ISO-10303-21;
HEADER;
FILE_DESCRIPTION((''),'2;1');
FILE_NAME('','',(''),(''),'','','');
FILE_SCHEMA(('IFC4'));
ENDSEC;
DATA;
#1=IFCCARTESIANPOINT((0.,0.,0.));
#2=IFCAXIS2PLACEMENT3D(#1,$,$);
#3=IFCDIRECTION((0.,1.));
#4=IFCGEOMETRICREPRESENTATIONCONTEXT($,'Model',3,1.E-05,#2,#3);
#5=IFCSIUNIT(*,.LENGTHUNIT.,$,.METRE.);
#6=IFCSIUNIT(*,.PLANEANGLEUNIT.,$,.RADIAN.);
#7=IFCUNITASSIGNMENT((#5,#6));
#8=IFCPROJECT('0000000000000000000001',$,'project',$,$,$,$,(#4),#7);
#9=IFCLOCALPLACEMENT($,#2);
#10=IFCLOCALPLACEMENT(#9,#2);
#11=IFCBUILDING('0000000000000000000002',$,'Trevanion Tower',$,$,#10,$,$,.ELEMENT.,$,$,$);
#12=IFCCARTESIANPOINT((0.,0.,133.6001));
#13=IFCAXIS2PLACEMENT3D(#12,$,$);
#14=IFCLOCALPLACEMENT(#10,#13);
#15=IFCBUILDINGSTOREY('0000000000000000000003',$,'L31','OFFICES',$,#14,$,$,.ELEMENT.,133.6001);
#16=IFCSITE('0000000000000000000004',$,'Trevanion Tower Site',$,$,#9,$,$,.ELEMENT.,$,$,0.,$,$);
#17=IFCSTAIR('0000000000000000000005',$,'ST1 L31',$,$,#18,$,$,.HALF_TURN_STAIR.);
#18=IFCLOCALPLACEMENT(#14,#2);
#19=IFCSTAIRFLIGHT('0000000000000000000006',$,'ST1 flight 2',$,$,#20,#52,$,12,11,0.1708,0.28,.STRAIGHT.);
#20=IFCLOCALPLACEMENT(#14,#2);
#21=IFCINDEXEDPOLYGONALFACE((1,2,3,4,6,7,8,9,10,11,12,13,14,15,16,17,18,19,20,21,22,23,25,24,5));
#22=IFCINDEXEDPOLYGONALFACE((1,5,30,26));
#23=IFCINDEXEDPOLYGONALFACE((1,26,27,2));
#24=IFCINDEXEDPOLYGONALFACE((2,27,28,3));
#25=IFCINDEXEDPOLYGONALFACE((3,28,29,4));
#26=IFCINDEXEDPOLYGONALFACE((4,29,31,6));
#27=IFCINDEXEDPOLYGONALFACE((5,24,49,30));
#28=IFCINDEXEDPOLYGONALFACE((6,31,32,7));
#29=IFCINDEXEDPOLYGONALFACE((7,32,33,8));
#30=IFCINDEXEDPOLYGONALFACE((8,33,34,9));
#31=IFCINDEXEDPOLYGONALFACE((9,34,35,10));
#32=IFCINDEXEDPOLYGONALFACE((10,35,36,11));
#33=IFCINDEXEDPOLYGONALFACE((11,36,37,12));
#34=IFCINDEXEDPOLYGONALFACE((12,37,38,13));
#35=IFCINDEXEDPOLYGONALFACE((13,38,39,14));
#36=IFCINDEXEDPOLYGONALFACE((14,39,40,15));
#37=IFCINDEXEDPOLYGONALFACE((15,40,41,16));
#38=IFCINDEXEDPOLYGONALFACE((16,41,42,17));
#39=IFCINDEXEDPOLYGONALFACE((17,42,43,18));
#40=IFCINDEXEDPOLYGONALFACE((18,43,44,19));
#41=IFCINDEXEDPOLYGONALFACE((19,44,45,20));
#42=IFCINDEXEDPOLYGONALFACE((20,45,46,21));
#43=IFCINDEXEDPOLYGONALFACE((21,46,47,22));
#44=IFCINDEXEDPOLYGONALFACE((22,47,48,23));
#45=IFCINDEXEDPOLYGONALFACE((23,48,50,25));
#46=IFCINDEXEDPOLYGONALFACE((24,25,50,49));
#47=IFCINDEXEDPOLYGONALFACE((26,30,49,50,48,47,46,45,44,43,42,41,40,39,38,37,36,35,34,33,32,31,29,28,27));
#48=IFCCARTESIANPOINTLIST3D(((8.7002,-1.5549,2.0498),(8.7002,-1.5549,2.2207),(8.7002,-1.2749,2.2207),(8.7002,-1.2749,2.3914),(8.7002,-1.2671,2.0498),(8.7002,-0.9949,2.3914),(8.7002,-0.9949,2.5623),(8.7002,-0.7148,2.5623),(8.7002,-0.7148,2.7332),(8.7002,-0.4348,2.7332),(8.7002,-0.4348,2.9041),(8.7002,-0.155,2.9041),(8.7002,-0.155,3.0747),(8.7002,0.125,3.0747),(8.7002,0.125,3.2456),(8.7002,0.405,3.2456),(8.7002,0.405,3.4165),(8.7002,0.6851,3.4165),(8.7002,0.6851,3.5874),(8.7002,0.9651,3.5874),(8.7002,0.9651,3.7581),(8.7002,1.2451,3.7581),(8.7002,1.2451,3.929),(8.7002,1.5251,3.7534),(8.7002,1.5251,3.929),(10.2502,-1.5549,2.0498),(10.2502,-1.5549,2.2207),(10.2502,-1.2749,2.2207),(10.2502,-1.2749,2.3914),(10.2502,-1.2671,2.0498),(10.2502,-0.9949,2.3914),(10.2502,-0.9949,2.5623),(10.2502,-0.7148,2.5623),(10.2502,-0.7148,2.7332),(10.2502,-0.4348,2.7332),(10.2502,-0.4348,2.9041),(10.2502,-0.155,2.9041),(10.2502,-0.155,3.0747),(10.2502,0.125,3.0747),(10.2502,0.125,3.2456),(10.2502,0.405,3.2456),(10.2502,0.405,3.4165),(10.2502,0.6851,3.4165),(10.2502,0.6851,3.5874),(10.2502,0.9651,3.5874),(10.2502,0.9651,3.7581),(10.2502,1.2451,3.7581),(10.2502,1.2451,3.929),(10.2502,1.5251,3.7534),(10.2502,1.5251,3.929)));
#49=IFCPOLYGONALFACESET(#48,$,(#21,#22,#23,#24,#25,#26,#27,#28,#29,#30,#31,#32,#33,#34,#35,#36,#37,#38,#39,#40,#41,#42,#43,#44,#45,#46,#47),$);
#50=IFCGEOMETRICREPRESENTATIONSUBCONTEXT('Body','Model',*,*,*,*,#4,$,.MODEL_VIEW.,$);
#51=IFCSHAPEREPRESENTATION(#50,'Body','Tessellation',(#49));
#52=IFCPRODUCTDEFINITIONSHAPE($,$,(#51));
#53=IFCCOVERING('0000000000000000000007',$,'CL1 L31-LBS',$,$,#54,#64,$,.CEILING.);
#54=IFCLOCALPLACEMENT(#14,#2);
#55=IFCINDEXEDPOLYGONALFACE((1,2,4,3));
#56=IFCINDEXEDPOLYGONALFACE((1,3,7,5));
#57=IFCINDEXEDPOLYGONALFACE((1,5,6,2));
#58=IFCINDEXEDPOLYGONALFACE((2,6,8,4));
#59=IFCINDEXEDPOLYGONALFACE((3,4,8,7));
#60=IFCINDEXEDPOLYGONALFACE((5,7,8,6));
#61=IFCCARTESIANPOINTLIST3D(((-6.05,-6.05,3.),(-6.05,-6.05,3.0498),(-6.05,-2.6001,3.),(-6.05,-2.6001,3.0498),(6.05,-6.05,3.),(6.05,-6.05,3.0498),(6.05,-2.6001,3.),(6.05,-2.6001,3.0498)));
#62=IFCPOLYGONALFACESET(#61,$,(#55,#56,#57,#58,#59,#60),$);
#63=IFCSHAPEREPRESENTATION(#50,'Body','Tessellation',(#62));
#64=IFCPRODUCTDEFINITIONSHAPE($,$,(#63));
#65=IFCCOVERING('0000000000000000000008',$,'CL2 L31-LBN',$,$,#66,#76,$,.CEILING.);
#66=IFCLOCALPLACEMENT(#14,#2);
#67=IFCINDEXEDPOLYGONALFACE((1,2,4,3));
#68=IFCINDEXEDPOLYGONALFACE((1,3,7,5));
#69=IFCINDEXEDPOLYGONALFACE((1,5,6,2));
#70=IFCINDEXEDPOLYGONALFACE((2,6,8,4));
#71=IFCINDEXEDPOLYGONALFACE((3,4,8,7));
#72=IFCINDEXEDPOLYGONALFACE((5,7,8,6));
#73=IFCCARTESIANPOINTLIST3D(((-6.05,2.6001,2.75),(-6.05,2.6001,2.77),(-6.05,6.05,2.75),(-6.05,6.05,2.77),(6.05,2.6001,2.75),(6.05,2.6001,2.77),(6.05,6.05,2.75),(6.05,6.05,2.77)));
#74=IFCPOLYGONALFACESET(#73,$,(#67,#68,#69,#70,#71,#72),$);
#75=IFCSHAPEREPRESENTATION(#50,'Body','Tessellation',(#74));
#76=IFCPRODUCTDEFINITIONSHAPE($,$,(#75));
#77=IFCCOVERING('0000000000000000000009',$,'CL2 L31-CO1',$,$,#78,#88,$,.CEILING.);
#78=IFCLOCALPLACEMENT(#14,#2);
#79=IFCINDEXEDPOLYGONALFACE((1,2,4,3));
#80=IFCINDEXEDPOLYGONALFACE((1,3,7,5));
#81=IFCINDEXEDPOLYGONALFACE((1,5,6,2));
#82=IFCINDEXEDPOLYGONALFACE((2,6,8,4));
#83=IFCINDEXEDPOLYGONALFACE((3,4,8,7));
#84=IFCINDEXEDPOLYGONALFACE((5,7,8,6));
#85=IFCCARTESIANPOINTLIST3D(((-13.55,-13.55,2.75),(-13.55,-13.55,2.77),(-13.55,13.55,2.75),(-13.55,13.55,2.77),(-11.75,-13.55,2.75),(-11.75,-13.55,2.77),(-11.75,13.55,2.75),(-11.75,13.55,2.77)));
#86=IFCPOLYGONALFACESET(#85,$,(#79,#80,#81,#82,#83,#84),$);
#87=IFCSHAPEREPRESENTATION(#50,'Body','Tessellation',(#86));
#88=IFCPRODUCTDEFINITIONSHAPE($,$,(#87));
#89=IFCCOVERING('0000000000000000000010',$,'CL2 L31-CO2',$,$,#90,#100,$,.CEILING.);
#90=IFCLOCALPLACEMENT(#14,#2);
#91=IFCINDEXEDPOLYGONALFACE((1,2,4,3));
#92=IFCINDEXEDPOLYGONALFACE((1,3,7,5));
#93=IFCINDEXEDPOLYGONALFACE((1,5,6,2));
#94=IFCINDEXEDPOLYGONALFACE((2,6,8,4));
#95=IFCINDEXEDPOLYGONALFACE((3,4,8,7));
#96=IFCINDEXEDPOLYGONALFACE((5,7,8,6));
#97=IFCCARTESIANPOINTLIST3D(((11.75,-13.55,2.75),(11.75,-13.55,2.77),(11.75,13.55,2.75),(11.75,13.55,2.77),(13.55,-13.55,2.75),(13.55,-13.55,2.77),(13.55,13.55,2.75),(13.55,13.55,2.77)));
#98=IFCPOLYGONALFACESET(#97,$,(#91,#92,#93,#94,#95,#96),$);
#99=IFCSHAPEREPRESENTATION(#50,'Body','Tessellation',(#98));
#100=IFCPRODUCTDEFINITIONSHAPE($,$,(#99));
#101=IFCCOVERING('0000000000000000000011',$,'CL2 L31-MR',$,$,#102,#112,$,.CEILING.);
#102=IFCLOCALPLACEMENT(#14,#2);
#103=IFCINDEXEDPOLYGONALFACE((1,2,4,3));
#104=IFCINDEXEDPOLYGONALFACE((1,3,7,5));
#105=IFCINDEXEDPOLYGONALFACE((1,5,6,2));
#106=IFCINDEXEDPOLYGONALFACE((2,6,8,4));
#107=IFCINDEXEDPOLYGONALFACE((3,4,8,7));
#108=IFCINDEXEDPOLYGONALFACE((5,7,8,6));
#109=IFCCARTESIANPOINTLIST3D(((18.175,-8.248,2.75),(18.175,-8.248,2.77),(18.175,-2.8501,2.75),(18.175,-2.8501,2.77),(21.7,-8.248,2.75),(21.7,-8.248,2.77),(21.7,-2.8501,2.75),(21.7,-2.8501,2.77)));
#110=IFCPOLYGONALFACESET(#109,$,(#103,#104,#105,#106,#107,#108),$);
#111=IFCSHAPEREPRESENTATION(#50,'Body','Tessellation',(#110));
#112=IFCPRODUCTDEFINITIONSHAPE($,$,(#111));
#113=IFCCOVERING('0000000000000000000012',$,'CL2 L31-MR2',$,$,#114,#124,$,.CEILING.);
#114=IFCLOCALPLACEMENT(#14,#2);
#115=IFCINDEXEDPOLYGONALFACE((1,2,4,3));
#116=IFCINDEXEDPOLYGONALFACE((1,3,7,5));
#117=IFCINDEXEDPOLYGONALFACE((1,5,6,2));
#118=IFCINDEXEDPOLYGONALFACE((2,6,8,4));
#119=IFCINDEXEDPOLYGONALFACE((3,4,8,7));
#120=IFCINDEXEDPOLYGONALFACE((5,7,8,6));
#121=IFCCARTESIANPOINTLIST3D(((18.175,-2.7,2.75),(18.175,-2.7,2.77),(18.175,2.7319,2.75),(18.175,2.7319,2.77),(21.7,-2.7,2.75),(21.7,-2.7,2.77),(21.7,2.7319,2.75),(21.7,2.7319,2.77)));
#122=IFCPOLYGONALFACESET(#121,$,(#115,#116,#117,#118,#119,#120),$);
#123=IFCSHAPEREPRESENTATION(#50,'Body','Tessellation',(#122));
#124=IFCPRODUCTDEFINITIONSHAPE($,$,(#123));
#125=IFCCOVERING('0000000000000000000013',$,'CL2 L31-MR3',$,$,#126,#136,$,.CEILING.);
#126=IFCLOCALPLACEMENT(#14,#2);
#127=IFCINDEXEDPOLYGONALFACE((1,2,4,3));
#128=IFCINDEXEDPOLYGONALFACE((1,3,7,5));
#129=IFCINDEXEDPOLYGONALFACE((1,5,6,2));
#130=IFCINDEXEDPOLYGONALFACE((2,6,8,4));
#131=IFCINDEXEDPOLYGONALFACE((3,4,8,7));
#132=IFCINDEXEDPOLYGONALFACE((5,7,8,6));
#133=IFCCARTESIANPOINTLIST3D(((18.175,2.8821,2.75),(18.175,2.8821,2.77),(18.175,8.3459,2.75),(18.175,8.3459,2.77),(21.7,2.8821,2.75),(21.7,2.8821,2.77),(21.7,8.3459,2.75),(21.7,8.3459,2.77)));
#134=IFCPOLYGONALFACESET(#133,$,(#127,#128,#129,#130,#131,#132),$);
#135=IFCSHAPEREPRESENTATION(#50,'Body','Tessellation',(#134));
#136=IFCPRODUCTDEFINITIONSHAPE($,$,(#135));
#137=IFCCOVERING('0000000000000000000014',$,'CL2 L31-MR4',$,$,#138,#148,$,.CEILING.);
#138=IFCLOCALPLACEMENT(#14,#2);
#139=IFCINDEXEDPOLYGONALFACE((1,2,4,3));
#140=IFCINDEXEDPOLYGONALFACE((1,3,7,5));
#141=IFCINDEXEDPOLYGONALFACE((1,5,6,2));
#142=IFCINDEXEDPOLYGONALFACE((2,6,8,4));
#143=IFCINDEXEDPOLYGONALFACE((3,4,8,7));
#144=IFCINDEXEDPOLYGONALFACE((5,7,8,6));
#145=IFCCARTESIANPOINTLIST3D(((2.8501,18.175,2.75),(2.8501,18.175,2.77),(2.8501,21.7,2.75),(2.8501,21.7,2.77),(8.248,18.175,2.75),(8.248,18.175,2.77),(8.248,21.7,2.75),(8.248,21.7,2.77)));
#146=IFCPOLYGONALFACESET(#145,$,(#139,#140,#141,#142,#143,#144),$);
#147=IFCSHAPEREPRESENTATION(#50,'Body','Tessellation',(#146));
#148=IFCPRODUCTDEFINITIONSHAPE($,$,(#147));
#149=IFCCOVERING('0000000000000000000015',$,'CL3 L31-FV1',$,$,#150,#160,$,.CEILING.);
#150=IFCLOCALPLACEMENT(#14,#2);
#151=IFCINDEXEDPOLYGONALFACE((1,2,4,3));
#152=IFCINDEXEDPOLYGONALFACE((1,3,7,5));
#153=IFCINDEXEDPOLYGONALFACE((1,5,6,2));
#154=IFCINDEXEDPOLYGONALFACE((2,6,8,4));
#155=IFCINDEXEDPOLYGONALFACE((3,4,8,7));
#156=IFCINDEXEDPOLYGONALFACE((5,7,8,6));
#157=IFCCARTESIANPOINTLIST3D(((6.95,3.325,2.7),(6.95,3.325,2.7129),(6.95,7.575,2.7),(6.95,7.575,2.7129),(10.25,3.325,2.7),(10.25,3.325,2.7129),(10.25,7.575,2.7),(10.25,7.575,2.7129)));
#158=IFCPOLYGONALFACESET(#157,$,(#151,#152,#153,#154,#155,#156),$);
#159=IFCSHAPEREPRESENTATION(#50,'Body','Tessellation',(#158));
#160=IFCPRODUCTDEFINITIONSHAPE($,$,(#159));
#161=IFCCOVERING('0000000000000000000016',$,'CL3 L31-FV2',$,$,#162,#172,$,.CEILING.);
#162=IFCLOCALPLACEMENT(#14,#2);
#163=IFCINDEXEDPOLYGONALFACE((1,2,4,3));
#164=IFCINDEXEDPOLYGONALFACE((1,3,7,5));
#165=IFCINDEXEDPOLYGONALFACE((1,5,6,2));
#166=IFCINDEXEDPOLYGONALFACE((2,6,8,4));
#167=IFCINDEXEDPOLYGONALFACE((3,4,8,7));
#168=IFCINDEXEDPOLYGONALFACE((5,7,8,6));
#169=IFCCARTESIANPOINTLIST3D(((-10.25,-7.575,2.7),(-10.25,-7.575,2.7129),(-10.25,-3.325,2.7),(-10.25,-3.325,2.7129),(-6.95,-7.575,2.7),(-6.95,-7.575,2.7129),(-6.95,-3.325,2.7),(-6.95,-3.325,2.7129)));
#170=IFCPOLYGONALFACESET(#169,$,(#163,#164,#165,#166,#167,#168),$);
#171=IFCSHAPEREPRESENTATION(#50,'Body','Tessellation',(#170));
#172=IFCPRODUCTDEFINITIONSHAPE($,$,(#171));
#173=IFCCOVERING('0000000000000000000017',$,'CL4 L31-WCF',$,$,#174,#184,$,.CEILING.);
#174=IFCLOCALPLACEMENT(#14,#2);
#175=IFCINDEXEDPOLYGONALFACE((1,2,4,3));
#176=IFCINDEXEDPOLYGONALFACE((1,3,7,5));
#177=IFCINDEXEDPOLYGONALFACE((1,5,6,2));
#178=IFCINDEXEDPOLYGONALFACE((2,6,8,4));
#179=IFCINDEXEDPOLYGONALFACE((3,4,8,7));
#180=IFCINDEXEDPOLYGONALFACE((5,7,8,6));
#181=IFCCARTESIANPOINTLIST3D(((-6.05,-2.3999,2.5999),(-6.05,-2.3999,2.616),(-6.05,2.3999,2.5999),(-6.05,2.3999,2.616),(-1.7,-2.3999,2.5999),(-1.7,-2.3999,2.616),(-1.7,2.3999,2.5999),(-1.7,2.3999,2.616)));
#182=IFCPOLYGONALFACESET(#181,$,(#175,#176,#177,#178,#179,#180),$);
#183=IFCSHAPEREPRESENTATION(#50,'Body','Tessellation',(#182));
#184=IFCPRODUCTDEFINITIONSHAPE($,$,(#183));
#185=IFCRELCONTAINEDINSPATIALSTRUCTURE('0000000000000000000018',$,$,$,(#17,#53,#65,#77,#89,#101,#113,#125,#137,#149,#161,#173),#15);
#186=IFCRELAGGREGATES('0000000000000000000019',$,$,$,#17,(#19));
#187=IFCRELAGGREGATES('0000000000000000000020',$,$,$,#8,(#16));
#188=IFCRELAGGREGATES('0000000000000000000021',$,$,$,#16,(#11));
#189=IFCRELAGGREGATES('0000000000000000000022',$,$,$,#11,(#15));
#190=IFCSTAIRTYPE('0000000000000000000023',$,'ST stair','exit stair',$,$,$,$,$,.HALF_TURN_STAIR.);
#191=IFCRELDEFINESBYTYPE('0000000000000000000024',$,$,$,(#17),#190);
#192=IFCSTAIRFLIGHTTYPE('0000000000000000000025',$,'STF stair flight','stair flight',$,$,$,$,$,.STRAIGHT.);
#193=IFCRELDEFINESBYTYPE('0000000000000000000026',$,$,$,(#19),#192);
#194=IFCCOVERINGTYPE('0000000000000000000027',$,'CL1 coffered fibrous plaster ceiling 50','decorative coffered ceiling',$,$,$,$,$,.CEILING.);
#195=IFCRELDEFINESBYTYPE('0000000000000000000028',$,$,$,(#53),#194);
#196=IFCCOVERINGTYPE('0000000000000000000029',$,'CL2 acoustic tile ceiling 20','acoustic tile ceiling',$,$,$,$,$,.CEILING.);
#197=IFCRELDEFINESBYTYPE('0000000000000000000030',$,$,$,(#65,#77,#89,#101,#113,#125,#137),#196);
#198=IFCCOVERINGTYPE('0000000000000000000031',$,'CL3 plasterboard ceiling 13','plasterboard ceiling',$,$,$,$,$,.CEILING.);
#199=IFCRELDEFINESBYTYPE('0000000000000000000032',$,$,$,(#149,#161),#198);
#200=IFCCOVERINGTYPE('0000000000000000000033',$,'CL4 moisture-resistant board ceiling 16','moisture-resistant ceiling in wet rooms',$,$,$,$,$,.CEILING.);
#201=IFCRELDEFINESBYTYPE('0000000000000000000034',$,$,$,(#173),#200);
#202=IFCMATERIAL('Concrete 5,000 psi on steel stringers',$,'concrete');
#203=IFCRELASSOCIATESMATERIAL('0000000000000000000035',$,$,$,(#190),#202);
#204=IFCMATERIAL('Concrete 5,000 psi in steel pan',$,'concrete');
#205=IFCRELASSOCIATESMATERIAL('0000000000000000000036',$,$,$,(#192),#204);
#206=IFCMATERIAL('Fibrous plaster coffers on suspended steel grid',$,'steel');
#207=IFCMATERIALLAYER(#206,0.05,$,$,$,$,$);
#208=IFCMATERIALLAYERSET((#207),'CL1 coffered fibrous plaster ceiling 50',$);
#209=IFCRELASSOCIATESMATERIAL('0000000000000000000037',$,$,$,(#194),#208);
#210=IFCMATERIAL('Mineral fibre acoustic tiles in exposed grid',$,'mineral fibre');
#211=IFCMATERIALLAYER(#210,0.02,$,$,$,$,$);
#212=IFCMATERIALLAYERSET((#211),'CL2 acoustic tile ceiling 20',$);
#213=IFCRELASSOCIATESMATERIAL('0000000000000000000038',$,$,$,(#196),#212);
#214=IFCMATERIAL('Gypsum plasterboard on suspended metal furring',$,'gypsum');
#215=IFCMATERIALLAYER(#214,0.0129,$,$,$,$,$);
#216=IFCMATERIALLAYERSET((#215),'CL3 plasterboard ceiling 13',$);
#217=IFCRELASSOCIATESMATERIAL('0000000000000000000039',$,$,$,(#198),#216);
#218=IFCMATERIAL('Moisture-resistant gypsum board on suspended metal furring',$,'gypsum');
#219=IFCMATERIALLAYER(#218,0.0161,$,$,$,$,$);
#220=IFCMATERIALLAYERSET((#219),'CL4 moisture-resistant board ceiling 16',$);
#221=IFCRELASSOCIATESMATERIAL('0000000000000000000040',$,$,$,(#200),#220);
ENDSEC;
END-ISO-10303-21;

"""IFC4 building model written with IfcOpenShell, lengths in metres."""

from ifc_helpers import new_model, si_unit, direction, frame, origin, place, context, subcontext, project, spatial, polyline, outline, extrude, material, layer, layer_set, type_object, element, aggregate, save


model = new_model("IFC4")

# Units and contexts
model_context = context("Model", 3, precision=1e-05, world=origin(), true_north=direction((0.0, 1.0)))
body_context = subcontext(model_context, "Body", "Model", "MODEL_VIEW")
ifc_project = project(units=[si_unit("LENGTHUNIT", "METRE"), si_unit("PLANEANGLEUNIT", "RADIAN")], contexts=[model_context])

# Site, building, storey
site_placement = place(None, origin())
site = spatial("IfcSite", under=ifc_project, at=site_placement, Name="Trevanion Tower Site", CompositionType="ELEMENT", RefElevation=0.0)
building_placement = place(site_placement, origin())
building = spatial("IfcBuilding", under=site, at=building_placement, Name="Trevanion Tower", CompositionType="ELEMENT")
storey_placement = place(building_placement, frame((0.0, 0.0, 133.6001)))
storey = spatial("IfcBuildingStorey", under=building, at=storey_placement, Name="L31", Description="OFFICES", CompositionType="ELEMENT", Elevation=133.6001)

# Shared definitions
ifc_material_1 = material(Name="Concrete 5,000 psi on steel stringers", Category="concrete")
stair_type = type_object("IfcStairType", Name="ST stair", Description="exit stair", PredefinedType="HALF_TURN_STAIR", material=ifc_material_1)

# Stair, stair flight
stair_1_placement = place(storey_placement, origin())
stair_1 = element("IfcStair", 1, at=stair_1_placement, inside=storey, type_object=stair_type, Name="ST1 L31", PredefinedType="HALF_TURN_STAIR")
ifc_material_2 = material(Name="Concrete 5,000 psi in steel pan", Category="concrete")
stair_flight_type = type_object("IfcStairFlightType", Name="STF stair flight", Description="stair flight", PredefinedType="STRAIGHT", material=ifc_material_2)
stair_flight_placement = place(storey_placement, frame((9.4751, -1.5549, 2.0498), z_axis=(0.0, 0.0, 1.0), x_axis=(0.0, 1.0, 0.0)))
stair_flight = element("IfcStairFlight", 2, at=stair_flight_placement, type_object=stair_flight_type, Name="ST1 flight 2", NumberOfRisers=12, NumberOfTreads=11, PredefinedType="STRAIGHT", RiserHeight=0.1708, TreadLength=0.28, context=body_context, shape_type="SweptSolid", body=[
    extrude(outline(polyline([(0.0, 0.0), (0.0, 0.1709), (0.28, 0.1709), (0.28, 0.3416), (0.5601, 0.3416), (0.5601, 0.5125), (0.8401, 0.5125), (0.8401, 0.6833), (1.1201, 0.6833), (1.1201, 0.8542), (1.3999, 0.8542), (1.3999, 1.0249), (1.6799, 1.0249), (1.6799, 1.1958), (1.96, 1.1958), (1.96, 1.3667), (2.24, 1.3667), (2.24, 1.5376), (2.52, 1.5376), (2.52, 1.7083), (2.8, 1.7083), (2.8, 1.8792), (3.0801, 1.8792), (3.0801, 2.05), (3.0801, 1.7036), (0.2878, 0.0), (0.0, 0.0)])), frame((0.0, 0.7749, 0.0), z_axis=(0.0, -1.0, 0.0), x_axis=(1.0, 0.0, 0.0)), (0.0, 0.0, 1.0), 1.55),
])
aggregate(stair_1, [stair_flight])

# Coverings
ifc_material_3 = material(Name="Fibrous plaster coffers on suspended steel grid", Category="steel")
ifc_layer_1 = layer(ifc_material_3, 0.05)
ifc_layer_set_1 = layer_set([ifc_layer_1], Name="CL1 coffered fibrous plaster ceiling 50")
covering_type_1 = type_object("IfcCoveringType", Name="CL1 coffered fibrous plaster ceiling 50", Description="decorative coffered ceiling", PredefinedType="CEILING", material=ifc_layer_set_1)
covering_1_placement = place(storey_placement, frame((0.0, 0.0, 3.0)))
element("IfcCovering", 3, at=covering_1_placement, inside=storey, type_object=covering_type_1, Name="CL1 L31-LBS", PredefinedType="CEILING", context=body_context, shape_type="SweptSolid", body=[
    extrude(outline(polyline([(6.05, -6.05), (6.05, -2.6001), (-6.05, -2.6001), (-6.05, -6.05), (6.05, -6.05)])), origin(), (0.0, 0.0, 1.0), 0.0498),
])
ifc_material_4 = material(Name="Mineral fibre acoustic tiles in exposed grid", Category="mineral fibre")
ifc_layer_2 = layer(ifc_material_4, 0.02)
ifc_layer_set_2 = layer_set([ifc_layer_2], Name="CL2 acoustic tile ceiling 20")
covering_type_2 = type_object("IfcCoveringType", Name="CL2 acoustic tile ceiling 20", Description="acoustic tile ceiling", PredefinedType="CEILING", material=ifc_layer_set_2)
covering_2_placement = place(storey_placement, frame((0.0, 0.0, 2.75)))
element("IfcCovering", 4, at=covering_2_placement, inside=storey, type_object=covering_type_2, Name="CL2 L31-LBN", PredefinedType="CEILING", context=body_context, shape_type="SweptSolid", body=[
    extrude(outline(polyline([(6.05, 2.6001), (6.05, 6.05), (-6.05, 6.05), (-6.05, 2.6001), (6.05, 2.6001)])), origin(), (0.0, 0.0, 1.0), 0.02),
])
covering_3_placement = place(storey_placement, frame((0.0, 0.0, 2.75)))
element("IfcCovering", 5, at=covering_3_placement, inside=storey, type_object=covering_type_2, Name="CL2 L31-CO1", PredefinedType="CEILING", context=body_context, shape_type="SweptSolid", body=[
    extrude(outline(polyline([(-11.75, 13.55), (-11.75, -13.55), (-13.55, -13.55), (-13.55, 13.55), (-11.75, 13.55)])), origin(), (0.0, 0.0, 1.0), 0.02),
])
covering_4_placement = place(storey_placement, frame((0.0, 0.0, 2.75)))
element("IfcCovering", 6, at=covering_4_placement, inside=storey, type_object=covering_type_2, Name="CL2 L31-CO2", PredefinedType="CEILING", context=body_context, shape_type="SweptSolid", body=[
    extrude(outline(polyline([(11.75, 13.55), (13.55, 13.55), (13.55, -13.55), (11.75, -13.55), (11.75, 13.55)])), origin(), (0.0, 0.0, 1.0), 0.02),
])
covering_5_placement = place(storey_placement, frame((0.0, 0.0, 2.75)))
element("IfcCovering", 7, at=covering_5_placement, inside=storey, type_object=covering_type_2, Name="CL2 L31-MR", PredefinedType="CEILING", context=body_context, shape_type="SweptSolid", body=[
    extrude(outline(polyline([(18.175, -8.248), (18.175, -2.8501), (21.7, -2.8501), (21.7, -8.248), (18.175, -8.248)])), origin(), (0.0, 0.0, 1.0), 0.02),
])
covering_6_placement = place(storey_placement, frame((0.0, 0.0, 2.75)))
element("IfcCovering", 8, at=covering_6_placement, inside=storey, type_object=covering_type_2, Name="CL2 L31-MR2", PredefinedType="CEILING", context=body_context, shape_type="SweptSolid", body=[
    extrude(outline(polyline([(18.175, -2.7), (18.175, 2.7319), (21.7, 2.7319), (21.7, -2.7), (18.175, -2.7)])), origin(), (0.0, 0.0, 1.0), 0.02),
])
covering_7_placement = place(storey_placement, frame((0.0, 0.0, 2.75)))
element("IfcCovering", 9, at=covering_7_placement, inside=storey, type_object=covering_type_2, Name="CL2 L31-MR3", PredefinedType="CEILING", context=body_context, shape_type="SweptSolid", body=[
    extrude(outline(polyline([(18.175, 2.8821), (18.175, 8.3459), (21.7, 8.3459), (21.7, 2.8821), (18.175, 2.8821)])), origin(), (0.0, 0.0, 1.0), 0.02),
])
covering_8_placement = place(storey_placement, frame((0.0, 0.0, 2.75)))
element("IfcCovering", 10, at=covering_8_placement, inside=storey, type_object=covering_type_2, Name="CL2 L31-MR4", PredefinedType="CEILING", context=body_context, shape_type="SweptSolid", body=[
    extrude(outline(polyline([(8.248, 18.175), (2.8501, 18.175), (2.8501, 21.7), (8.248, 21.7), (8.248, 18.175)])), origin(), (0.0, 0.0, 1.0), 0.02),
])
ifc_material_5 = material(Name="Gypsum plasterboard on suspended metal furring", Category="gypsum")
ifc_layer_3 = layer(ifc_material_5, 0.0129)
ifc_layer_set_3 = layer_set([ifc_layer_3], Name="CL3 plasterboard ceiling 13")
covering_type_3 = type_object("IfcCoveringType", Name="CL3 plasterboard ceiling 13", Description="plasterboard ceiling", PredefinedType="CEILING", material=ifc_layer_set_3)
covering_9_placement = place(storey_placement, frame((0.0, 0.0, 2.7)))
element("IfcCovering", 11, at=covering_9_placement, inside=storey, type_object=covering_type_3, Name="CL3 L31-FV1", PredefinedType="CEILING", context=body_context, shape_type="SweptSolid", body=[
    extrude(outline(polyline([(10.25, 3.325), (10.25, 7.575), (6.95, 7.575), (6.95, 3.325), (10.25, 3.325)])), origin(), (0.0, 0.0, 1.0), 0.0129),
])
covering_10_placement = place(storey_placement, frame((0.0, 0.0, 2.7)))
element("IfcCovering", 12, at=covering_10_placement, inside=storey, type_object=covering_type_3, Name="CL3 L31-FV2", PredefinedType="CEILING", context=body_context, shape_type="SweptSolid", body=[
    extrude(outline(polyline([(-10.25, -3.325), (-10.25, -7.575), (-6.95, -7.575), (-6.95, -3.325), (-10.25, -3.325)])), origin(), (0.0, 0.0, 1.0), 0.0129),
])
ifc_material_6 = material(Name="Moisture-resistant gypsum board on suspended metal furring", Category="gypsum")
ifc_layer_4 = layer(ifc_material_6, 0.0161)
ifc_layer_set_4 = layer_set([ifc_layer_4], Name="CL4 moisture-resistant board ceiling 16")
covering_type_4 = type_object("IfcCoveringType", Name="CL4 moisture-resistant board ceiling 16", Description="moisture-resistant ceiling in wet rooms", PredefinedType="CEILING", material=ifc_layer_set_4)
covering_11_placement = place(storey_placement, frame((0.0, 0.0, 2.5999)))
element("IfcCovering", 13, at=covering_11_placement, inside=storey, type_object=covering_type_4, Name="CL4 L31-WCF", PredefinedType="CEILING", context=body_context, shape_type="SweptSolid", body=[
    extrude(outline(polyline([(-1.7, -2.3999), (-1.7, 2.3999), (-6.05, 2.3999), (-6.05, -2.3999), (-1.7, -2.3999)])), origin(), (0.0, 0.0, 1.0), 0.0161),
])

save(model, "model.ifc")
